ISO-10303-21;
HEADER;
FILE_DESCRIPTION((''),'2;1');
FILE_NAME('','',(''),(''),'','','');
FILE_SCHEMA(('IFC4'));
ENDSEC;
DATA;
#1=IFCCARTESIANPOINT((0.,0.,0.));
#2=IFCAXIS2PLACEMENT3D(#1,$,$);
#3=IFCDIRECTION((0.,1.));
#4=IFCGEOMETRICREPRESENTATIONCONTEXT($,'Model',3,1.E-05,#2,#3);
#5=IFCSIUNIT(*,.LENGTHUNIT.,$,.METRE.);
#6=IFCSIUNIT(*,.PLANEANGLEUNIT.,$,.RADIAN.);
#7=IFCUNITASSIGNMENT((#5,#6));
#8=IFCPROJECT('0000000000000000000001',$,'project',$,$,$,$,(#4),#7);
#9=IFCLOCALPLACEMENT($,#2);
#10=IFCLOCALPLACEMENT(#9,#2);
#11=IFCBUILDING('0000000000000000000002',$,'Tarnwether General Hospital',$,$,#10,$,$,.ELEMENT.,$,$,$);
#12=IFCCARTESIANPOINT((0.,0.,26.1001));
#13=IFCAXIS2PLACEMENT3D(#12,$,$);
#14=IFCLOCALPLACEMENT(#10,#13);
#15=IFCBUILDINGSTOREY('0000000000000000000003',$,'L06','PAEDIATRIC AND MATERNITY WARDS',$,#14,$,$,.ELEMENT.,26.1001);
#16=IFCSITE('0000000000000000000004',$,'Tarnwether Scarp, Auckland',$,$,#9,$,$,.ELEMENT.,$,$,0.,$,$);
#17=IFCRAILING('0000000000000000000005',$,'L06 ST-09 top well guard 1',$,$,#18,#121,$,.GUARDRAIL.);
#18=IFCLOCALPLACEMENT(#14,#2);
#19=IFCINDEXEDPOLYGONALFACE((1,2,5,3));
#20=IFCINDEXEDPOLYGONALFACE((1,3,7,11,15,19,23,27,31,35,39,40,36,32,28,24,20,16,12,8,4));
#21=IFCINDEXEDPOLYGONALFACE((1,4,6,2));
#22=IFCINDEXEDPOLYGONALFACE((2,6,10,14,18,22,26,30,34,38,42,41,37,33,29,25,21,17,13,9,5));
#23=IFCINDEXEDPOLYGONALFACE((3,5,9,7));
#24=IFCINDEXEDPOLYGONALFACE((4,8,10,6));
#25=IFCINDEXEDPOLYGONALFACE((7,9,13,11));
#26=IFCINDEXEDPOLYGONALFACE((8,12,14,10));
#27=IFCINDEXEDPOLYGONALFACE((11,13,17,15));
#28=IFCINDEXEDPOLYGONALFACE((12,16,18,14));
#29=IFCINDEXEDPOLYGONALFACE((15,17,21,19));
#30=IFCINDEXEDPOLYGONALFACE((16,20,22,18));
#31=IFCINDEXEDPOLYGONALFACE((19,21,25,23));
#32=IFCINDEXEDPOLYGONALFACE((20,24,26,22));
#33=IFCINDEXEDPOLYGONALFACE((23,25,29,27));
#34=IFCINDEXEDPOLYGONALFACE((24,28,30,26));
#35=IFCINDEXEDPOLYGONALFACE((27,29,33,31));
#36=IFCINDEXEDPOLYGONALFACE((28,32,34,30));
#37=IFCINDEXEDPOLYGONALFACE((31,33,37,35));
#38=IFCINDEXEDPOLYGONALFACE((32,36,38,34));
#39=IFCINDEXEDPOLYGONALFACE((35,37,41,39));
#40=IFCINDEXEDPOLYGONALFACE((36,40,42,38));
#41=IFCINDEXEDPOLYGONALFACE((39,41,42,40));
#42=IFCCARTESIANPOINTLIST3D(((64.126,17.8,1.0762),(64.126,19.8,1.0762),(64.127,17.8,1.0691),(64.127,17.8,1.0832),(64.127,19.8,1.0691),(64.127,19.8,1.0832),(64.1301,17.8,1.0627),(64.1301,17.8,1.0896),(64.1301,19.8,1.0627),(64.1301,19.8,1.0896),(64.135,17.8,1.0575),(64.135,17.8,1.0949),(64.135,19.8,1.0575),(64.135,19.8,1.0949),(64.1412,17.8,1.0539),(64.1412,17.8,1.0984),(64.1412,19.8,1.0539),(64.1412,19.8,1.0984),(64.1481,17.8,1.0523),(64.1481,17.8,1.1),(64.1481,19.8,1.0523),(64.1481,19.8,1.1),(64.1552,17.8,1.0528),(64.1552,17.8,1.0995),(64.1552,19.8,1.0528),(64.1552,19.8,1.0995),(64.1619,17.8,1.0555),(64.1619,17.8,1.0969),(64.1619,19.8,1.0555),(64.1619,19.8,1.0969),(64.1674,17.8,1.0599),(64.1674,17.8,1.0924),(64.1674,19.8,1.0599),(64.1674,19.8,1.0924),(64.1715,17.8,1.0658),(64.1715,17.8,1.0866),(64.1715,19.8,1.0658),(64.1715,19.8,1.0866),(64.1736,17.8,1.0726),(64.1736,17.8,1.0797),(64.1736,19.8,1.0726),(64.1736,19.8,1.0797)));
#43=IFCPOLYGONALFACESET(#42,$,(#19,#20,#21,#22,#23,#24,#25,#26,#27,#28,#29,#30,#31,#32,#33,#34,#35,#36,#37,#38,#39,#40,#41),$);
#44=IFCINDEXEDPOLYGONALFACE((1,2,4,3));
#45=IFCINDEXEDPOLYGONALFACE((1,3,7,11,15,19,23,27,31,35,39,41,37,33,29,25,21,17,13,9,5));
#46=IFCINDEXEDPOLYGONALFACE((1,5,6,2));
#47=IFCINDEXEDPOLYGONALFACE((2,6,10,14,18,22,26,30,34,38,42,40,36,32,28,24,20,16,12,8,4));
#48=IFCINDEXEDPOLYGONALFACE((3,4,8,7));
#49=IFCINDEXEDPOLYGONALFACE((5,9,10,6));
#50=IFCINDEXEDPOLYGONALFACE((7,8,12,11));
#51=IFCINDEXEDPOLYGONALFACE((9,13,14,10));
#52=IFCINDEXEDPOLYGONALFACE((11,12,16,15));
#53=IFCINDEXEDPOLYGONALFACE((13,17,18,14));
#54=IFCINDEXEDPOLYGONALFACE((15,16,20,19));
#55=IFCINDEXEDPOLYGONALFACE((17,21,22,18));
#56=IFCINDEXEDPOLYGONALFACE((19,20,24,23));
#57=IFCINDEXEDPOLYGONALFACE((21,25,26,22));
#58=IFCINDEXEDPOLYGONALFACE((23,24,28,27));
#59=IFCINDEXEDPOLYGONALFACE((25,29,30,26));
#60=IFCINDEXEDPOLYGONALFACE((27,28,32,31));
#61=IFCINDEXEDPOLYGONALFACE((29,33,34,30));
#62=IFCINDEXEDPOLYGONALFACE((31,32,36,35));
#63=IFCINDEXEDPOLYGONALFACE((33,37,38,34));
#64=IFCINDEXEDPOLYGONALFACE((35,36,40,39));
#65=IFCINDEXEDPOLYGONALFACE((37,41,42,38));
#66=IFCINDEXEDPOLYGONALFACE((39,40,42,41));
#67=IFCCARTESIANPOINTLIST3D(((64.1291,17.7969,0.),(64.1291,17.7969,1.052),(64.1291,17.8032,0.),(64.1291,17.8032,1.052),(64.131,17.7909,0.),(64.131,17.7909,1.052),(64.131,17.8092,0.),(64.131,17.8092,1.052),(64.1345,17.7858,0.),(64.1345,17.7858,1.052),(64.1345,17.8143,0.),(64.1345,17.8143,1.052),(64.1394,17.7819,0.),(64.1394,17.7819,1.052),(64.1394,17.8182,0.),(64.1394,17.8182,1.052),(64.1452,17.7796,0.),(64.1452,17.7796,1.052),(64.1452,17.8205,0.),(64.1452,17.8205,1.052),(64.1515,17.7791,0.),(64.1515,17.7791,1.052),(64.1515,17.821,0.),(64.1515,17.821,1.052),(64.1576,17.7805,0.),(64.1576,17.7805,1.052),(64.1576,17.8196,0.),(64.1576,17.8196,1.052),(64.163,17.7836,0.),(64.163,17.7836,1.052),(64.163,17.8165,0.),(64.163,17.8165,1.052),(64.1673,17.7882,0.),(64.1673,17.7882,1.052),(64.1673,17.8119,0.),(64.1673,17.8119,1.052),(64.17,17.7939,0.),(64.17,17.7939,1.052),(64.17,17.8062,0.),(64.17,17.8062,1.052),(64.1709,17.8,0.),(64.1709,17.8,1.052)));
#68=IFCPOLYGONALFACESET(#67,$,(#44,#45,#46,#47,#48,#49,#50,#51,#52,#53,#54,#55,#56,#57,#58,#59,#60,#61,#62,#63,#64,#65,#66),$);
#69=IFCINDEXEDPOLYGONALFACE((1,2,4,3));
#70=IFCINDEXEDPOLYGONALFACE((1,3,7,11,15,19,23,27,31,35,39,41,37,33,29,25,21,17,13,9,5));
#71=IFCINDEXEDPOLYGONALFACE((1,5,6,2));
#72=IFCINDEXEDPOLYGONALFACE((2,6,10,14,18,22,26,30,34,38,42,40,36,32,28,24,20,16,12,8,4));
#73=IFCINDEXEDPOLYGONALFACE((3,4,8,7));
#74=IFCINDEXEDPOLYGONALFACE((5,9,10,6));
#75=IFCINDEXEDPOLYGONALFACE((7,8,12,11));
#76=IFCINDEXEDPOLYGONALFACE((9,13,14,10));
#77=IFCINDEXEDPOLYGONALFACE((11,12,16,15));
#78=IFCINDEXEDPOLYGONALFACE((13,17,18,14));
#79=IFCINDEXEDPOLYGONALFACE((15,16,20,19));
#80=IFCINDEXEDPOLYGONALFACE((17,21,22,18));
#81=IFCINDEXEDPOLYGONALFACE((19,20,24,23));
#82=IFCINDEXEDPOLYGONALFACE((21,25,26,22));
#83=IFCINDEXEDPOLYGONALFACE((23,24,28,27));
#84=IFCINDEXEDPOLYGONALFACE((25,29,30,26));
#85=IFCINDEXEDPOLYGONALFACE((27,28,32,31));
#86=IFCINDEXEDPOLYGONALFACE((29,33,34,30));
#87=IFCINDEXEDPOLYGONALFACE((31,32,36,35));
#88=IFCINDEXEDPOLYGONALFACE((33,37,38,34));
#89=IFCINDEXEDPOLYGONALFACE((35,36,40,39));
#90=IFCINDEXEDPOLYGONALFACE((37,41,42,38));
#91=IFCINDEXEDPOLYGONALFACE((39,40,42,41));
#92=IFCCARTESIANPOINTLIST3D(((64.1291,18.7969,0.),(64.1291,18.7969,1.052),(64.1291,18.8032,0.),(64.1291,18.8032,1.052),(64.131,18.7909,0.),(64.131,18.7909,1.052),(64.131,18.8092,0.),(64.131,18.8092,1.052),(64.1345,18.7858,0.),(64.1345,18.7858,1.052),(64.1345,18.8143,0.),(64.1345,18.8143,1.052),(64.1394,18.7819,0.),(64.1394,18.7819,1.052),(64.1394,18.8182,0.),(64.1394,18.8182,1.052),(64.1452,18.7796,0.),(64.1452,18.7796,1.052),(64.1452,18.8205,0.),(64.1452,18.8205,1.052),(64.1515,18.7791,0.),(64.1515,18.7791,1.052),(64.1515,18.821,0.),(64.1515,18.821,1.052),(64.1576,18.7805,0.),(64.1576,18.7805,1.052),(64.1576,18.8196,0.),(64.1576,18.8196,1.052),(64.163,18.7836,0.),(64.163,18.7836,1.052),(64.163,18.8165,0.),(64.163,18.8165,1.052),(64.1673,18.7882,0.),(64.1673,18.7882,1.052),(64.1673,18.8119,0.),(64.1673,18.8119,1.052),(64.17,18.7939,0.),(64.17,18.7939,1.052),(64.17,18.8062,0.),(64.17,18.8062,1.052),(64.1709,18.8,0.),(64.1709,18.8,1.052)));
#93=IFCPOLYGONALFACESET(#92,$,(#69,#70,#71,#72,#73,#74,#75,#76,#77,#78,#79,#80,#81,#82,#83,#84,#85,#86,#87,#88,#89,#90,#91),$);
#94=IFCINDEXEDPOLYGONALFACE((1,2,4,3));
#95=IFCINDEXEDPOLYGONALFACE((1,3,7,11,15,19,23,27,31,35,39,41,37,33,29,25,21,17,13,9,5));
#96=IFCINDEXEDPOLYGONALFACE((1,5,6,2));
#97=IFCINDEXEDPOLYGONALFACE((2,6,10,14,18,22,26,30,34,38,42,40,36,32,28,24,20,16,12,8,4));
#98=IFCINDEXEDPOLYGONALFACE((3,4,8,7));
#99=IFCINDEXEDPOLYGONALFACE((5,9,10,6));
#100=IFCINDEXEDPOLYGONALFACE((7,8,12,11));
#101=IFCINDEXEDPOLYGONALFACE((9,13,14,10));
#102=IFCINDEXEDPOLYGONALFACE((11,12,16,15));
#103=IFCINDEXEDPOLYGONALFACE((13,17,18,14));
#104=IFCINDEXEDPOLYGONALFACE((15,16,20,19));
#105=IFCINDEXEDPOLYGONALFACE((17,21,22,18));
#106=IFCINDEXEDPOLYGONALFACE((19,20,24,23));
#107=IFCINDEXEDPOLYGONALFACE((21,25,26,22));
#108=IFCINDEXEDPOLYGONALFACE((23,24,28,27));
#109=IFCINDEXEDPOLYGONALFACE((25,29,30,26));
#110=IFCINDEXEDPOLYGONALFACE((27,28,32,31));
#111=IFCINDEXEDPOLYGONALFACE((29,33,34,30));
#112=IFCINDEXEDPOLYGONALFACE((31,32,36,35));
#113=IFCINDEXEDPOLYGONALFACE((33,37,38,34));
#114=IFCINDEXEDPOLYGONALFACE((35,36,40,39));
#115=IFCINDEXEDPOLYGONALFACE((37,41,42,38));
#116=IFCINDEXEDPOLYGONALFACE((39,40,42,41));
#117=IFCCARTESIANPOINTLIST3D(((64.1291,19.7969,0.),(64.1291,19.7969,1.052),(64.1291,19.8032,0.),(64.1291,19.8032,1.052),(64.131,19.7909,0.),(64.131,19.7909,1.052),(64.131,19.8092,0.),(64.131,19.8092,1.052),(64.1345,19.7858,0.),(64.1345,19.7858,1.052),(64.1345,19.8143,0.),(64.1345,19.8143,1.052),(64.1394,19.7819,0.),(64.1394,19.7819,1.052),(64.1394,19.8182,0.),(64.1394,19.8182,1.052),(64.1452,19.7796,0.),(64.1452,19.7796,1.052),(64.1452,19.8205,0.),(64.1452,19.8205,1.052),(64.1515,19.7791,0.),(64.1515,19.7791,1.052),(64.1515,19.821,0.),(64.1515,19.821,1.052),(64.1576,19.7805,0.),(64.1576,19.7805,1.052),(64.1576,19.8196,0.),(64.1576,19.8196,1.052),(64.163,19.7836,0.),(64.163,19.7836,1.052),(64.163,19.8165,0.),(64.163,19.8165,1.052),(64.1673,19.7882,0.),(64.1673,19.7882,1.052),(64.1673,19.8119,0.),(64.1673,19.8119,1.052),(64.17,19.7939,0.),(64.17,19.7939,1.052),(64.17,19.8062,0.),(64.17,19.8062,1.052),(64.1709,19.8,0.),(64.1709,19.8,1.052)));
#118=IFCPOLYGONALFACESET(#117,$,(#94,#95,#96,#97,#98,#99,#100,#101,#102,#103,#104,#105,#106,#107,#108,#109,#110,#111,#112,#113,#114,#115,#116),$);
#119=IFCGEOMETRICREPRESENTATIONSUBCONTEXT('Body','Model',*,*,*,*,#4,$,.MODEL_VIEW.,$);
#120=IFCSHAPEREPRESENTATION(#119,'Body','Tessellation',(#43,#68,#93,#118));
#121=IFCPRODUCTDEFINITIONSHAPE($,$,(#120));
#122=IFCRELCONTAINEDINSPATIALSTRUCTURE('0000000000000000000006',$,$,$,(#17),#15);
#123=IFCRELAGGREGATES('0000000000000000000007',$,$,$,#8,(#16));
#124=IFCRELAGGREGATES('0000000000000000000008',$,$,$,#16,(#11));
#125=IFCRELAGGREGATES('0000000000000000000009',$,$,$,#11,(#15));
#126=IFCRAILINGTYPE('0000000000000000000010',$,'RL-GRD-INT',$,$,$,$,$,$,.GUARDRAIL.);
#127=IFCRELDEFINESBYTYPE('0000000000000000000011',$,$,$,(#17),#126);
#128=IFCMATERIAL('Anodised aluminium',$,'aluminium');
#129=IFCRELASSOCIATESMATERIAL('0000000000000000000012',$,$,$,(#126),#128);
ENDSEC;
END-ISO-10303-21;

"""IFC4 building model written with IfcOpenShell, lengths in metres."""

from ifc_helpers import new_model, si_unit, direction, frame, origin, origin_2d, place, context, subcontext, project, spatial, circle, extrude, material, type_object, element, save


model = new_model("IFC4")

# Units and contexts
model_context = context("Model", 3, precision=1e-05, world=origin(), true_north=direction((0.0, 1.0)))
body_context = subcontext(model_context, "Body", "Model", "MODEL_VIEW")
ifc_project = project(units=[si_unit("LENGTHUNIT", "METRE"), si_unit("PLANEANGLEUNIT", "RADIAN")], contexts=[model_context])

# Site, building, storey
site_placement = place(None, origin())
site = spatial("IfcSite", under=ifc_project, at=site_placement, Name="Tarnwether Scarp, Auckland", CompositionType="ELEMENT", RefElevation=0.0)
building_placement = place(site_placement, origin())
building = spatial("IfcBuilding", under=site, at=building_placement, Name="Tarnwether General Hospital", CompositionType="ELEMENT")
storey_placement = place(building_placement, frame((0.0, 0.0, 26.1001)))
storey = spatial("IfcBuildingStorey", under=building, at=storey_placement, Name="L06", Description="PAEDIATRIC AND MATERNITY WARDS", CompositionType="ELEMENT", Elevation=26.1001)

# Railing
ifc_material_1 = material(Name="Anodised aluminium", Category="aluminium")
railing_type = type_object("IfcRailingType", Name="RL-GRD-INT", PredefinedType="GUARDRAIL", material=ifc_material_1)
railing_placement = place(storey_placement, frame((64.1499, 17.8, 0.0)))
element("IfcRailing", 1, at=railing_placement, inside=storey, type_object=railing_type, Name="L06 ST-09 top well guard 1", PredefinedType="GUARDRAIL", context=body_context, shape_type="SweptSolid", body=[
    extrude(circle(Radius=0.0239, at=origin_2d()), frame((0.0, 0.0, 1.0762), z_axis=(0.0, 1.0, 0.0), x_axis=(-1.0, 0.0, 0.0)), (0.0, 0.0, 1.0), 2.0),
    extrude(circle(Radius=0.021, at=origin_2d()), origin(), (0.0, 0.0, 1.0), 1.052),
    extrude(circle(Radius=0.021, at=origin_2d()), frame((0.0, 1.0, 0.0)), (0.0, 0.0, 1.0), 1.052),
    extrude(circle(Radius=0.021, at=origin_2d()), frame((0.0, 2.0, 0.0)), (0.0, 0.0, 1.0), 1.052),
])

save(model, "model.ifc")
